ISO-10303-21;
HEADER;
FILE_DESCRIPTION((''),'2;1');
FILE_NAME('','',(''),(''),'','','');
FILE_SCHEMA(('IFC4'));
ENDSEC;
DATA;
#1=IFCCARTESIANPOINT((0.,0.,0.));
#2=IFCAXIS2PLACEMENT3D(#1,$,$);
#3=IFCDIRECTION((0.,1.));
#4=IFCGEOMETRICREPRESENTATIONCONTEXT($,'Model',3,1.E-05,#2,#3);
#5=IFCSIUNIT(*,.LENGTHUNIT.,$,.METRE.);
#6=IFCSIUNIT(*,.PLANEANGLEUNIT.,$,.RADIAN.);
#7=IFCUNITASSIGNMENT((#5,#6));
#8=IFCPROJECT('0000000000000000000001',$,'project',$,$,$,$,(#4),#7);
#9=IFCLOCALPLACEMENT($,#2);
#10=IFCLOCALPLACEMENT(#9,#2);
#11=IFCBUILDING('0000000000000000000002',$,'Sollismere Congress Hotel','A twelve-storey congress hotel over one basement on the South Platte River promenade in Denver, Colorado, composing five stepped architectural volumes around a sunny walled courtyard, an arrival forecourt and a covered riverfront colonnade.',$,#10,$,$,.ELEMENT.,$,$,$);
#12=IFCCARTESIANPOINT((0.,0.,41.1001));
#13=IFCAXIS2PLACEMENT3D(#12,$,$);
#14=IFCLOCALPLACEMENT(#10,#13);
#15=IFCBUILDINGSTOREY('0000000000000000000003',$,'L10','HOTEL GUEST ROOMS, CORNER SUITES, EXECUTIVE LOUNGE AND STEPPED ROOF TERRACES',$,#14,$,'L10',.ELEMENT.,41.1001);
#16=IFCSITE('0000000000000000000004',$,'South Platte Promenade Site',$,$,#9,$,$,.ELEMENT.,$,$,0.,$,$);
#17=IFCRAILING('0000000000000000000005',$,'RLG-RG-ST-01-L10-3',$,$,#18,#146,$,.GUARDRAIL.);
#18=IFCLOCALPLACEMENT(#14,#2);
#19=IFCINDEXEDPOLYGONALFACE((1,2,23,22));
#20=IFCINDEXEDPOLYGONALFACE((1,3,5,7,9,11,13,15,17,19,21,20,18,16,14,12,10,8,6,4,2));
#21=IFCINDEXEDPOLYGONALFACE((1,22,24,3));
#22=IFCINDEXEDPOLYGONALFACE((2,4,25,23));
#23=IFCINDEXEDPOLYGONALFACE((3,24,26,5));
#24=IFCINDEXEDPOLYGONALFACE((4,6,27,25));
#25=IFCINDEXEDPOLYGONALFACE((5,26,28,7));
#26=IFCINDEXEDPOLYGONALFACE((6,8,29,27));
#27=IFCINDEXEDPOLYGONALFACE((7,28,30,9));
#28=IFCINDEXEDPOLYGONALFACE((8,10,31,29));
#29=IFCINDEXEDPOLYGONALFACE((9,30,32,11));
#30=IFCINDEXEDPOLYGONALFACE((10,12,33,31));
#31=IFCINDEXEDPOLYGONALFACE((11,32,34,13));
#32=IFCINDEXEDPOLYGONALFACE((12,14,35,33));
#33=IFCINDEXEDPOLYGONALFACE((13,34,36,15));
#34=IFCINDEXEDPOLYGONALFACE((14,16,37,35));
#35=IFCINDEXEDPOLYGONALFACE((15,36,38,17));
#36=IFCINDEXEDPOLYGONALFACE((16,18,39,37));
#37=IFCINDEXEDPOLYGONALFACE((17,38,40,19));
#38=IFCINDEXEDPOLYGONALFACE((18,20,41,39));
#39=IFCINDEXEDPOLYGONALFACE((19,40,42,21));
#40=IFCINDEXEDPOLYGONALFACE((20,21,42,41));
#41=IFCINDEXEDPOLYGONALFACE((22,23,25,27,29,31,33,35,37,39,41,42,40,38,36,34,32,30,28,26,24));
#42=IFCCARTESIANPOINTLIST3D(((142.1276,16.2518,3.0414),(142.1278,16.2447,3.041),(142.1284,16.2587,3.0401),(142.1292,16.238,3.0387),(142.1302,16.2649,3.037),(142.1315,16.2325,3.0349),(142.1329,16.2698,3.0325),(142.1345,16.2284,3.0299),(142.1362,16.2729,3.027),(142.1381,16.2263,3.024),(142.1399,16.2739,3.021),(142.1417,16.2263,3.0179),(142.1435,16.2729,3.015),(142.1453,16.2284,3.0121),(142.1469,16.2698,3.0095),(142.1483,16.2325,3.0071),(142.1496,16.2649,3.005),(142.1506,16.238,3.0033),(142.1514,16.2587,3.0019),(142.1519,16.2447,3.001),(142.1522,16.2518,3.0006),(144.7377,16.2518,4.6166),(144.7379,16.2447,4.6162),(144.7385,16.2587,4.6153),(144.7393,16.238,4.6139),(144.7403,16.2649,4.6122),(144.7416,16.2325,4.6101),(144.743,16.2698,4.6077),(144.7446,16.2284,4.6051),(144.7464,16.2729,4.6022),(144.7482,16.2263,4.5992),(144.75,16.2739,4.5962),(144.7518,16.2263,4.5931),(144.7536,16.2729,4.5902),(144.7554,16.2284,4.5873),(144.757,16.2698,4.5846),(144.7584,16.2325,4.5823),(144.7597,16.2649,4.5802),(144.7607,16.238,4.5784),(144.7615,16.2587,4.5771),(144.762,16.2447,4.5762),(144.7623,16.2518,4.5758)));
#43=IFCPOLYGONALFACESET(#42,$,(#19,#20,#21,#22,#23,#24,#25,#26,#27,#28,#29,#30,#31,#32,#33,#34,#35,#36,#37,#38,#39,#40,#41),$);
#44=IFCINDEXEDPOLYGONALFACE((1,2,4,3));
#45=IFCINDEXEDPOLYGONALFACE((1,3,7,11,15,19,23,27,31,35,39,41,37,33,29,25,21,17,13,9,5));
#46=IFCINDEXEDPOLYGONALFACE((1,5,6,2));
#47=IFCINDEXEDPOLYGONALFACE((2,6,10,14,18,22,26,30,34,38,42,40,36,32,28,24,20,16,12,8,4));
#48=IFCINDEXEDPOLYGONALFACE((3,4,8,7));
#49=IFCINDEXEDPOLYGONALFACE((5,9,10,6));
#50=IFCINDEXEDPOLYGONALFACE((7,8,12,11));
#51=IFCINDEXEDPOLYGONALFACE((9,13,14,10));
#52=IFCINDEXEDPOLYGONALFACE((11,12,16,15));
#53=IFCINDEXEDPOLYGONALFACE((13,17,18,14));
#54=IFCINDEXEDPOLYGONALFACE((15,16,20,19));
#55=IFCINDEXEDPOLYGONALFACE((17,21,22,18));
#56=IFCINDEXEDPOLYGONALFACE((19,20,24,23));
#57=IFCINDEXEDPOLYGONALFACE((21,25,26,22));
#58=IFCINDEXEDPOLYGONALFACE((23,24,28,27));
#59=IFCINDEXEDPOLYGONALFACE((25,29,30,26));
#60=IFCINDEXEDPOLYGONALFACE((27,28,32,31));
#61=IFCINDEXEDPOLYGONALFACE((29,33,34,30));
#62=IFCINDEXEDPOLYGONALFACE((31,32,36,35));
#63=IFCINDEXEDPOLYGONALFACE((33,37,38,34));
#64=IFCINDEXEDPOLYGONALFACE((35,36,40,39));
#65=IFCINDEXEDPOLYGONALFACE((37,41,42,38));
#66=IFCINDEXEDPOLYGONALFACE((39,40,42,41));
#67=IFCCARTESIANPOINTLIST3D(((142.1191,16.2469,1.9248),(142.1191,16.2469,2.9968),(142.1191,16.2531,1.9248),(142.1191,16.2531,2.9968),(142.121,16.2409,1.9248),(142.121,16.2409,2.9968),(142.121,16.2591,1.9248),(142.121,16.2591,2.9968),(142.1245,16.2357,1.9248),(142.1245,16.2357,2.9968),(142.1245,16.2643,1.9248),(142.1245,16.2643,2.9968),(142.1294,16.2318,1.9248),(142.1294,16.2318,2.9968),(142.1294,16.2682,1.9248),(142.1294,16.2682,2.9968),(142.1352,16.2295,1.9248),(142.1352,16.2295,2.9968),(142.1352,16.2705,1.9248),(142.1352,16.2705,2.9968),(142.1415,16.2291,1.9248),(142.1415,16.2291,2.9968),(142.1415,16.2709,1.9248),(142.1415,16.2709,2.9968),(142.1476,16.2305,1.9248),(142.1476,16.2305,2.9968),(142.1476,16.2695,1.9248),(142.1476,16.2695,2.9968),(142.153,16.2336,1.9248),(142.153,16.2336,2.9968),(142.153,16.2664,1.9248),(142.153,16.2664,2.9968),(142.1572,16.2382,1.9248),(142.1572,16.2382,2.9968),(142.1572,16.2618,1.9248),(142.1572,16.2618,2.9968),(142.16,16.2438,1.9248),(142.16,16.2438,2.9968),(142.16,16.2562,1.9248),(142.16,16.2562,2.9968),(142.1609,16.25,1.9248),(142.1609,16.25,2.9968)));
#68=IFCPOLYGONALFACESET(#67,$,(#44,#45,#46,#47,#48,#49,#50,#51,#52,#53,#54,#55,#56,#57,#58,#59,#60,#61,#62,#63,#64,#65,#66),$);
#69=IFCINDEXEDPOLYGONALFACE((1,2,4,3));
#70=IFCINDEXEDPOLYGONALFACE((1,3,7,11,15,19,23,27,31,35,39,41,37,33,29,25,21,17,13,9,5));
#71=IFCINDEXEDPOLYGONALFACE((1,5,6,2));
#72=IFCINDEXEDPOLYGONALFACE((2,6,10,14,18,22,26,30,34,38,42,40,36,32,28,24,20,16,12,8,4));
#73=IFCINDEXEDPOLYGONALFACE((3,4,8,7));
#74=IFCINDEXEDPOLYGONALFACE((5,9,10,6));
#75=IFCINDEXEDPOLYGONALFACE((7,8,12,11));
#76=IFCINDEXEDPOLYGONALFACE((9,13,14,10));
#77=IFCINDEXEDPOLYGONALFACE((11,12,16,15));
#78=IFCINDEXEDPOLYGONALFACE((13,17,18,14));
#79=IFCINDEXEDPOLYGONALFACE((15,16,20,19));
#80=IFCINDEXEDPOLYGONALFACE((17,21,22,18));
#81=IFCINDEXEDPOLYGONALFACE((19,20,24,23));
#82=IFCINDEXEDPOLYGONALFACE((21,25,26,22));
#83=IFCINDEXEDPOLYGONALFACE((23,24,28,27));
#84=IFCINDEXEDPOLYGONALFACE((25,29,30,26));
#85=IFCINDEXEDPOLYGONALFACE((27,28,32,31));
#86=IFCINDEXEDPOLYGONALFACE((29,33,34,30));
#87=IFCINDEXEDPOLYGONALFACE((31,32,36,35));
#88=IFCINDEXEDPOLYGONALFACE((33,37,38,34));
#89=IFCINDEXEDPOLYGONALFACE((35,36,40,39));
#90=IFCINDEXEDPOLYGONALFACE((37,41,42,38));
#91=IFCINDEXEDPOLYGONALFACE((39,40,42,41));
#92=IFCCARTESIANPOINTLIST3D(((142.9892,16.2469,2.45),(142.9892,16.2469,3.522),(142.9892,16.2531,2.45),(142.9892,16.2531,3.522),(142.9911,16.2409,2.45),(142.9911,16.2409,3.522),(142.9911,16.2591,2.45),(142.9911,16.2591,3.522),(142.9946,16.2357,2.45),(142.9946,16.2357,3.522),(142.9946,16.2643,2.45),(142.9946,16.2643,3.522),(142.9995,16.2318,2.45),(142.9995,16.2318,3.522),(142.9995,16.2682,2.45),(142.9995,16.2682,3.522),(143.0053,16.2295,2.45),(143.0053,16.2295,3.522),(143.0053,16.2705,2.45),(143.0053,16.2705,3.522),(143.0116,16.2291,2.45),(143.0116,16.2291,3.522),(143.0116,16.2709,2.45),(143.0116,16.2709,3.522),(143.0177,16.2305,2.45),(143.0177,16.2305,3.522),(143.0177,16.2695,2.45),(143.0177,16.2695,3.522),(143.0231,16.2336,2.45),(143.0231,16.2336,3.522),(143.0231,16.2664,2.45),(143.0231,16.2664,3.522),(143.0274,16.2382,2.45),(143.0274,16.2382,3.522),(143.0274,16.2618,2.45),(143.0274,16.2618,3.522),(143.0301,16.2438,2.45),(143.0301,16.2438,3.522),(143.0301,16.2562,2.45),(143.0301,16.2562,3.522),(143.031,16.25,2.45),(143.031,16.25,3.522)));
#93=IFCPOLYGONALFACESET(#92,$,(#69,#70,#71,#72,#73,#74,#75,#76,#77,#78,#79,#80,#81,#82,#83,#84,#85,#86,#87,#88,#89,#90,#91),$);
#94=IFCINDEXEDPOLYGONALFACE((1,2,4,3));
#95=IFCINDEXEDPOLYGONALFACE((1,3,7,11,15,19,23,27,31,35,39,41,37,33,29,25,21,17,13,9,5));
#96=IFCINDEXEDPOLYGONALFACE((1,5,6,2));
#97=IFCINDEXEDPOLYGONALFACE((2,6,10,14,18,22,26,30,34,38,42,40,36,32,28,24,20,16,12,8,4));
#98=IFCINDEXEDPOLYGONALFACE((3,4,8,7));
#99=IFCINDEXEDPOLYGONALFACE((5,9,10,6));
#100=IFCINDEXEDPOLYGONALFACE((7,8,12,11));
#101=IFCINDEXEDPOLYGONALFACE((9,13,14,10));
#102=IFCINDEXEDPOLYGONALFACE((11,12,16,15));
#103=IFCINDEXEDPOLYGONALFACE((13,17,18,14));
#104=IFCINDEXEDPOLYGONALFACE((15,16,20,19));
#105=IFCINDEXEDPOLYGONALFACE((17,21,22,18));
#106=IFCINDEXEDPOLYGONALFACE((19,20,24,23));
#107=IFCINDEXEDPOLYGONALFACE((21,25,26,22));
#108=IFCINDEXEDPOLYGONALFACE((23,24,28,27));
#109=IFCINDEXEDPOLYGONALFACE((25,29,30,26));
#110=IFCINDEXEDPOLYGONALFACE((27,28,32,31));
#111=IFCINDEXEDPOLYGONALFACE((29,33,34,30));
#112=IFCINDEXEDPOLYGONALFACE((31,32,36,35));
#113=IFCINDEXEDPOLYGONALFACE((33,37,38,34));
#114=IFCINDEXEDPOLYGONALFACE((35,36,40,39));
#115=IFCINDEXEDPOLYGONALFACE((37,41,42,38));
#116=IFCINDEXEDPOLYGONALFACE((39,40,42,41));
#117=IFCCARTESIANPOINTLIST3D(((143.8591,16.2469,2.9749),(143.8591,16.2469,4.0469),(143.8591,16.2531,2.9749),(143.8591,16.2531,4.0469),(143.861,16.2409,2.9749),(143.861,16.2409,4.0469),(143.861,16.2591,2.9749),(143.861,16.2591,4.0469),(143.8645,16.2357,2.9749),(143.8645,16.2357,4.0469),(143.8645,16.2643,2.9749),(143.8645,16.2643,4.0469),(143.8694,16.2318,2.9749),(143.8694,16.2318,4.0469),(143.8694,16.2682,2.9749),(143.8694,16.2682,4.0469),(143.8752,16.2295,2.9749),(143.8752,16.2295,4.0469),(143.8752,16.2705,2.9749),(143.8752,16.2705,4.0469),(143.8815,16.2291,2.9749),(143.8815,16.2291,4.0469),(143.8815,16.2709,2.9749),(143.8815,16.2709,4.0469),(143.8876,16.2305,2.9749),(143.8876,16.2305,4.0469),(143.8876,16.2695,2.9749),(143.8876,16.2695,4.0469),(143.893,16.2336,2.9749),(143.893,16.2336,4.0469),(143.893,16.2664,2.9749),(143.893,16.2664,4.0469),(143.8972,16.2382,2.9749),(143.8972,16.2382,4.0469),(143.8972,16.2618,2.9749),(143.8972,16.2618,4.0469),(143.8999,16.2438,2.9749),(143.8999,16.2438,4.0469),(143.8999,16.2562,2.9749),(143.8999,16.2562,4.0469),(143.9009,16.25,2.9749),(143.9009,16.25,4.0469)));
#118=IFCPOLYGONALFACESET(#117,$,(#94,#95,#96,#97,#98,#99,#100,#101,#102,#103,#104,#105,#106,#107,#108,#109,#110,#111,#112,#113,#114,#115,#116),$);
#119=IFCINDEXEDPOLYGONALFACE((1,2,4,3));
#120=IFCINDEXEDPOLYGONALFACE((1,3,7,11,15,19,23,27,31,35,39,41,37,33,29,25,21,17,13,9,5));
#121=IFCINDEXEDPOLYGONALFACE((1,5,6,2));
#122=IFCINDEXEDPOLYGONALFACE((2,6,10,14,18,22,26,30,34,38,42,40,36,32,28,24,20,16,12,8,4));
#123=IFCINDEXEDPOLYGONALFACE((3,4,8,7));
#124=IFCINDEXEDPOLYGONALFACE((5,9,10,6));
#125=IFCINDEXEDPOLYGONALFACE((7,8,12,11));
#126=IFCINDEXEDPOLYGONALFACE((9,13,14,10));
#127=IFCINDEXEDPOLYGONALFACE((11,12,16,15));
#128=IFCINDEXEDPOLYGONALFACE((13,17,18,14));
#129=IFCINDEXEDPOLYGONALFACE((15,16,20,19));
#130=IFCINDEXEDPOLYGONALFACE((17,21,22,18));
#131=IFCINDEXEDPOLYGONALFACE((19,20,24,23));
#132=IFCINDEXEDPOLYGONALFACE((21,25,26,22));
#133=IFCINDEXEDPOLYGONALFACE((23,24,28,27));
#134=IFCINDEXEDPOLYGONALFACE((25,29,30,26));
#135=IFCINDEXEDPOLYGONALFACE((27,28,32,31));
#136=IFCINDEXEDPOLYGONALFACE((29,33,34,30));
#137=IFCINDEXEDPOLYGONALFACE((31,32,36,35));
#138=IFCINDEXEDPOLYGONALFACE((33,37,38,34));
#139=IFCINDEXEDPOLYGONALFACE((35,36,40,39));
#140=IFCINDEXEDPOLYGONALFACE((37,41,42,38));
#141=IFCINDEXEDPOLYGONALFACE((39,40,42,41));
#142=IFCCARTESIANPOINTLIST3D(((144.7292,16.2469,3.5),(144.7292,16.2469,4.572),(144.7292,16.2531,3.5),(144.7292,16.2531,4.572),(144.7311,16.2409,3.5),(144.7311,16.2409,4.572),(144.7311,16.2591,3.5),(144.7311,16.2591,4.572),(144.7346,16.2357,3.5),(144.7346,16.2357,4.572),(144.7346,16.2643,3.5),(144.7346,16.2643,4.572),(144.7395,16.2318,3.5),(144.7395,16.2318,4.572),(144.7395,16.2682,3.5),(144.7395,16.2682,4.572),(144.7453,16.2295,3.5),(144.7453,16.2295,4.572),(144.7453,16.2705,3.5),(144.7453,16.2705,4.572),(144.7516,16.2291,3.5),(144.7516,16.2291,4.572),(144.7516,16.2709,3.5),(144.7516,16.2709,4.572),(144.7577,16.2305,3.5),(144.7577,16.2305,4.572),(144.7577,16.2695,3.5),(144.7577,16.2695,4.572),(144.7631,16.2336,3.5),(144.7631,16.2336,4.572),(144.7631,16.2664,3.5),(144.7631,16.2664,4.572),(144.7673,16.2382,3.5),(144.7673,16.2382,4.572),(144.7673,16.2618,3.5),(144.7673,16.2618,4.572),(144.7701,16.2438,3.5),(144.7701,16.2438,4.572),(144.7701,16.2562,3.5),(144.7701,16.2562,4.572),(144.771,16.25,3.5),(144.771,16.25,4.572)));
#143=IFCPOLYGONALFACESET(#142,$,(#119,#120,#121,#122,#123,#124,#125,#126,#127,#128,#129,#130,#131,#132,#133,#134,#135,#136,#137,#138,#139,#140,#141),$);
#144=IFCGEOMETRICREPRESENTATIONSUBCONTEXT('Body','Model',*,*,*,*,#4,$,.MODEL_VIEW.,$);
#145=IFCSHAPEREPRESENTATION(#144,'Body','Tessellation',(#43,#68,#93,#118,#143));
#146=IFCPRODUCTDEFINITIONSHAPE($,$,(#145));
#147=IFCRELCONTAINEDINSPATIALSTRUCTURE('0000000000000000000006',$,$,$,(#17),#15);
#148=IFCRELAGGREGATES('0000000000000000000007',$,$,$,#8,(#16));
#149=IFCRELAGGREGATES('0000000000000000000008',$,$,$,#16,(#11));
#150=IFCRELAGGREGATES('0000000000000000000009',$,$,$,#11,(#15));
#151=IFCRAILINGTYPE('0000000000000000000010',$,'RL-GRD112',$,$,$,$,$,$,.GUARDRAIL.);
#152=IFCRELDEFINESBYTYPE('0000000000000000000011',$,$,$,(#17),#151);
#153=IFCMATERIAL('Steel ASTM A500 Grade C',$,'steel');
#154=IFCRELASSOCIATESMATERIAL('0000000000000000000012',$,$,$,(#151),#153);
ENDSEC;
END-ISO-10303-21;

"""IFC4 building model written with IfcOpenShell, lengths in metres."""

from ifc_helpers import new_model, si_unit, direction, frame, origin, origin_2d, place, context, subcontext, project, spatial, circle, extrude, material, type_object, element, save


model = new_model("IFC4")

# Units and contexts
model_context = context("Model", 3, precision=1e-05, world=origin(), true_north=direction((0.0, 1.0)))
body_context = subcontext(model_context, "Body", "Model", "MODEL_VIEW")
ifc_project = project(units=[si_unit("LENGTHUNIT", "METRE"), si_unit("PLANEANGLEUNIT", "RADIAN")], contexts=[model_context])

# Site, building, storey
site_placement = place(None, origin())
site = spatial("IfcSite", under=ifc_project, at=site_placement, Name="South Platte Promenade Site", CompositionType="ELEMENT", RefElevation=0.0)
building_placement = place(site_placement, origin())
building = spatial("IfcBuilding", under=site, at=building_placement, Name="Sollismere Congress Hotel", Description="A twelve-storey congress hotel over one basement on the South Platte River promenade in Denver, Colorado, composing five stepped architectural volumes around a sunny walled courtyard, an arrival forecourt and a covered riverfront colonnade.", CompositionType="ELEMENT")
storey_placement = place(building_placement, frame((0.0, 0.0, 41.1001)))
storey = spatial("IfcBuildingStorey", under=building, at=storey_placement, Name="L10", Description="HOTEL GUEST ROOMS, CORNER SUITES, EXECUTIVE LOUNGE AND STEPPED ROOF TERRACES", LongName="L10", CompositionType="ELEMENT", Elevation=41.1001)

# Railing
ifc_material_1 = material(Name="Steel ASTM A500 Grade C", Category="steel")
railing_type_1 = type_object("IfcRailingType", Name="RL-GRD112", PredefinedType="GUARDRAIL", material=ifc_material_1)
railing_1_placement = place(storey_placement, frame((142.1399, 16.25, 1.9248)))
element("IfcRailing", 1, at=railing_1_placement, inside=storey, type_object=railing_type_1, Name="RLG-RG-ST-01-L10-3", PredefinedType="GUARDRAIL", context=body_context, shape_type="SweptSolid", body=[
    extrude(circle(Radius=0.0239, at=origin_2d()), frame((0.0, 0.0, 1.0962), z_axis=(0.856169, 0.0, 0.516696), x_axis=(0.0, 1.0, 0.0)), (0.0, 0.0, 1.0), 3.0486),
    extrude(circle(Radius=0.021, at=origin_2d()), origin(), (0.0, 0.0, 1.0), 1.072),
    extrude(circle(Radius=0.021, at=origin_2d()), frame((0.8701, 0.0, 0.5251)), (0.0, 0.0, 1.0), 1.072),
    extrude(circle(Radius=0.021, at=origin_2d()), frame((1.74, 0.0, 1.05)), (0.0, 0.0, 1.0), 1.072),
    extrude(circle(Radius=0.021, at=origin_2d()), frame((2.6101, 0.0, 1.5752)), (0.0, 0.0, 1.0), 1.072),
])

save(model, "model.ifc")
